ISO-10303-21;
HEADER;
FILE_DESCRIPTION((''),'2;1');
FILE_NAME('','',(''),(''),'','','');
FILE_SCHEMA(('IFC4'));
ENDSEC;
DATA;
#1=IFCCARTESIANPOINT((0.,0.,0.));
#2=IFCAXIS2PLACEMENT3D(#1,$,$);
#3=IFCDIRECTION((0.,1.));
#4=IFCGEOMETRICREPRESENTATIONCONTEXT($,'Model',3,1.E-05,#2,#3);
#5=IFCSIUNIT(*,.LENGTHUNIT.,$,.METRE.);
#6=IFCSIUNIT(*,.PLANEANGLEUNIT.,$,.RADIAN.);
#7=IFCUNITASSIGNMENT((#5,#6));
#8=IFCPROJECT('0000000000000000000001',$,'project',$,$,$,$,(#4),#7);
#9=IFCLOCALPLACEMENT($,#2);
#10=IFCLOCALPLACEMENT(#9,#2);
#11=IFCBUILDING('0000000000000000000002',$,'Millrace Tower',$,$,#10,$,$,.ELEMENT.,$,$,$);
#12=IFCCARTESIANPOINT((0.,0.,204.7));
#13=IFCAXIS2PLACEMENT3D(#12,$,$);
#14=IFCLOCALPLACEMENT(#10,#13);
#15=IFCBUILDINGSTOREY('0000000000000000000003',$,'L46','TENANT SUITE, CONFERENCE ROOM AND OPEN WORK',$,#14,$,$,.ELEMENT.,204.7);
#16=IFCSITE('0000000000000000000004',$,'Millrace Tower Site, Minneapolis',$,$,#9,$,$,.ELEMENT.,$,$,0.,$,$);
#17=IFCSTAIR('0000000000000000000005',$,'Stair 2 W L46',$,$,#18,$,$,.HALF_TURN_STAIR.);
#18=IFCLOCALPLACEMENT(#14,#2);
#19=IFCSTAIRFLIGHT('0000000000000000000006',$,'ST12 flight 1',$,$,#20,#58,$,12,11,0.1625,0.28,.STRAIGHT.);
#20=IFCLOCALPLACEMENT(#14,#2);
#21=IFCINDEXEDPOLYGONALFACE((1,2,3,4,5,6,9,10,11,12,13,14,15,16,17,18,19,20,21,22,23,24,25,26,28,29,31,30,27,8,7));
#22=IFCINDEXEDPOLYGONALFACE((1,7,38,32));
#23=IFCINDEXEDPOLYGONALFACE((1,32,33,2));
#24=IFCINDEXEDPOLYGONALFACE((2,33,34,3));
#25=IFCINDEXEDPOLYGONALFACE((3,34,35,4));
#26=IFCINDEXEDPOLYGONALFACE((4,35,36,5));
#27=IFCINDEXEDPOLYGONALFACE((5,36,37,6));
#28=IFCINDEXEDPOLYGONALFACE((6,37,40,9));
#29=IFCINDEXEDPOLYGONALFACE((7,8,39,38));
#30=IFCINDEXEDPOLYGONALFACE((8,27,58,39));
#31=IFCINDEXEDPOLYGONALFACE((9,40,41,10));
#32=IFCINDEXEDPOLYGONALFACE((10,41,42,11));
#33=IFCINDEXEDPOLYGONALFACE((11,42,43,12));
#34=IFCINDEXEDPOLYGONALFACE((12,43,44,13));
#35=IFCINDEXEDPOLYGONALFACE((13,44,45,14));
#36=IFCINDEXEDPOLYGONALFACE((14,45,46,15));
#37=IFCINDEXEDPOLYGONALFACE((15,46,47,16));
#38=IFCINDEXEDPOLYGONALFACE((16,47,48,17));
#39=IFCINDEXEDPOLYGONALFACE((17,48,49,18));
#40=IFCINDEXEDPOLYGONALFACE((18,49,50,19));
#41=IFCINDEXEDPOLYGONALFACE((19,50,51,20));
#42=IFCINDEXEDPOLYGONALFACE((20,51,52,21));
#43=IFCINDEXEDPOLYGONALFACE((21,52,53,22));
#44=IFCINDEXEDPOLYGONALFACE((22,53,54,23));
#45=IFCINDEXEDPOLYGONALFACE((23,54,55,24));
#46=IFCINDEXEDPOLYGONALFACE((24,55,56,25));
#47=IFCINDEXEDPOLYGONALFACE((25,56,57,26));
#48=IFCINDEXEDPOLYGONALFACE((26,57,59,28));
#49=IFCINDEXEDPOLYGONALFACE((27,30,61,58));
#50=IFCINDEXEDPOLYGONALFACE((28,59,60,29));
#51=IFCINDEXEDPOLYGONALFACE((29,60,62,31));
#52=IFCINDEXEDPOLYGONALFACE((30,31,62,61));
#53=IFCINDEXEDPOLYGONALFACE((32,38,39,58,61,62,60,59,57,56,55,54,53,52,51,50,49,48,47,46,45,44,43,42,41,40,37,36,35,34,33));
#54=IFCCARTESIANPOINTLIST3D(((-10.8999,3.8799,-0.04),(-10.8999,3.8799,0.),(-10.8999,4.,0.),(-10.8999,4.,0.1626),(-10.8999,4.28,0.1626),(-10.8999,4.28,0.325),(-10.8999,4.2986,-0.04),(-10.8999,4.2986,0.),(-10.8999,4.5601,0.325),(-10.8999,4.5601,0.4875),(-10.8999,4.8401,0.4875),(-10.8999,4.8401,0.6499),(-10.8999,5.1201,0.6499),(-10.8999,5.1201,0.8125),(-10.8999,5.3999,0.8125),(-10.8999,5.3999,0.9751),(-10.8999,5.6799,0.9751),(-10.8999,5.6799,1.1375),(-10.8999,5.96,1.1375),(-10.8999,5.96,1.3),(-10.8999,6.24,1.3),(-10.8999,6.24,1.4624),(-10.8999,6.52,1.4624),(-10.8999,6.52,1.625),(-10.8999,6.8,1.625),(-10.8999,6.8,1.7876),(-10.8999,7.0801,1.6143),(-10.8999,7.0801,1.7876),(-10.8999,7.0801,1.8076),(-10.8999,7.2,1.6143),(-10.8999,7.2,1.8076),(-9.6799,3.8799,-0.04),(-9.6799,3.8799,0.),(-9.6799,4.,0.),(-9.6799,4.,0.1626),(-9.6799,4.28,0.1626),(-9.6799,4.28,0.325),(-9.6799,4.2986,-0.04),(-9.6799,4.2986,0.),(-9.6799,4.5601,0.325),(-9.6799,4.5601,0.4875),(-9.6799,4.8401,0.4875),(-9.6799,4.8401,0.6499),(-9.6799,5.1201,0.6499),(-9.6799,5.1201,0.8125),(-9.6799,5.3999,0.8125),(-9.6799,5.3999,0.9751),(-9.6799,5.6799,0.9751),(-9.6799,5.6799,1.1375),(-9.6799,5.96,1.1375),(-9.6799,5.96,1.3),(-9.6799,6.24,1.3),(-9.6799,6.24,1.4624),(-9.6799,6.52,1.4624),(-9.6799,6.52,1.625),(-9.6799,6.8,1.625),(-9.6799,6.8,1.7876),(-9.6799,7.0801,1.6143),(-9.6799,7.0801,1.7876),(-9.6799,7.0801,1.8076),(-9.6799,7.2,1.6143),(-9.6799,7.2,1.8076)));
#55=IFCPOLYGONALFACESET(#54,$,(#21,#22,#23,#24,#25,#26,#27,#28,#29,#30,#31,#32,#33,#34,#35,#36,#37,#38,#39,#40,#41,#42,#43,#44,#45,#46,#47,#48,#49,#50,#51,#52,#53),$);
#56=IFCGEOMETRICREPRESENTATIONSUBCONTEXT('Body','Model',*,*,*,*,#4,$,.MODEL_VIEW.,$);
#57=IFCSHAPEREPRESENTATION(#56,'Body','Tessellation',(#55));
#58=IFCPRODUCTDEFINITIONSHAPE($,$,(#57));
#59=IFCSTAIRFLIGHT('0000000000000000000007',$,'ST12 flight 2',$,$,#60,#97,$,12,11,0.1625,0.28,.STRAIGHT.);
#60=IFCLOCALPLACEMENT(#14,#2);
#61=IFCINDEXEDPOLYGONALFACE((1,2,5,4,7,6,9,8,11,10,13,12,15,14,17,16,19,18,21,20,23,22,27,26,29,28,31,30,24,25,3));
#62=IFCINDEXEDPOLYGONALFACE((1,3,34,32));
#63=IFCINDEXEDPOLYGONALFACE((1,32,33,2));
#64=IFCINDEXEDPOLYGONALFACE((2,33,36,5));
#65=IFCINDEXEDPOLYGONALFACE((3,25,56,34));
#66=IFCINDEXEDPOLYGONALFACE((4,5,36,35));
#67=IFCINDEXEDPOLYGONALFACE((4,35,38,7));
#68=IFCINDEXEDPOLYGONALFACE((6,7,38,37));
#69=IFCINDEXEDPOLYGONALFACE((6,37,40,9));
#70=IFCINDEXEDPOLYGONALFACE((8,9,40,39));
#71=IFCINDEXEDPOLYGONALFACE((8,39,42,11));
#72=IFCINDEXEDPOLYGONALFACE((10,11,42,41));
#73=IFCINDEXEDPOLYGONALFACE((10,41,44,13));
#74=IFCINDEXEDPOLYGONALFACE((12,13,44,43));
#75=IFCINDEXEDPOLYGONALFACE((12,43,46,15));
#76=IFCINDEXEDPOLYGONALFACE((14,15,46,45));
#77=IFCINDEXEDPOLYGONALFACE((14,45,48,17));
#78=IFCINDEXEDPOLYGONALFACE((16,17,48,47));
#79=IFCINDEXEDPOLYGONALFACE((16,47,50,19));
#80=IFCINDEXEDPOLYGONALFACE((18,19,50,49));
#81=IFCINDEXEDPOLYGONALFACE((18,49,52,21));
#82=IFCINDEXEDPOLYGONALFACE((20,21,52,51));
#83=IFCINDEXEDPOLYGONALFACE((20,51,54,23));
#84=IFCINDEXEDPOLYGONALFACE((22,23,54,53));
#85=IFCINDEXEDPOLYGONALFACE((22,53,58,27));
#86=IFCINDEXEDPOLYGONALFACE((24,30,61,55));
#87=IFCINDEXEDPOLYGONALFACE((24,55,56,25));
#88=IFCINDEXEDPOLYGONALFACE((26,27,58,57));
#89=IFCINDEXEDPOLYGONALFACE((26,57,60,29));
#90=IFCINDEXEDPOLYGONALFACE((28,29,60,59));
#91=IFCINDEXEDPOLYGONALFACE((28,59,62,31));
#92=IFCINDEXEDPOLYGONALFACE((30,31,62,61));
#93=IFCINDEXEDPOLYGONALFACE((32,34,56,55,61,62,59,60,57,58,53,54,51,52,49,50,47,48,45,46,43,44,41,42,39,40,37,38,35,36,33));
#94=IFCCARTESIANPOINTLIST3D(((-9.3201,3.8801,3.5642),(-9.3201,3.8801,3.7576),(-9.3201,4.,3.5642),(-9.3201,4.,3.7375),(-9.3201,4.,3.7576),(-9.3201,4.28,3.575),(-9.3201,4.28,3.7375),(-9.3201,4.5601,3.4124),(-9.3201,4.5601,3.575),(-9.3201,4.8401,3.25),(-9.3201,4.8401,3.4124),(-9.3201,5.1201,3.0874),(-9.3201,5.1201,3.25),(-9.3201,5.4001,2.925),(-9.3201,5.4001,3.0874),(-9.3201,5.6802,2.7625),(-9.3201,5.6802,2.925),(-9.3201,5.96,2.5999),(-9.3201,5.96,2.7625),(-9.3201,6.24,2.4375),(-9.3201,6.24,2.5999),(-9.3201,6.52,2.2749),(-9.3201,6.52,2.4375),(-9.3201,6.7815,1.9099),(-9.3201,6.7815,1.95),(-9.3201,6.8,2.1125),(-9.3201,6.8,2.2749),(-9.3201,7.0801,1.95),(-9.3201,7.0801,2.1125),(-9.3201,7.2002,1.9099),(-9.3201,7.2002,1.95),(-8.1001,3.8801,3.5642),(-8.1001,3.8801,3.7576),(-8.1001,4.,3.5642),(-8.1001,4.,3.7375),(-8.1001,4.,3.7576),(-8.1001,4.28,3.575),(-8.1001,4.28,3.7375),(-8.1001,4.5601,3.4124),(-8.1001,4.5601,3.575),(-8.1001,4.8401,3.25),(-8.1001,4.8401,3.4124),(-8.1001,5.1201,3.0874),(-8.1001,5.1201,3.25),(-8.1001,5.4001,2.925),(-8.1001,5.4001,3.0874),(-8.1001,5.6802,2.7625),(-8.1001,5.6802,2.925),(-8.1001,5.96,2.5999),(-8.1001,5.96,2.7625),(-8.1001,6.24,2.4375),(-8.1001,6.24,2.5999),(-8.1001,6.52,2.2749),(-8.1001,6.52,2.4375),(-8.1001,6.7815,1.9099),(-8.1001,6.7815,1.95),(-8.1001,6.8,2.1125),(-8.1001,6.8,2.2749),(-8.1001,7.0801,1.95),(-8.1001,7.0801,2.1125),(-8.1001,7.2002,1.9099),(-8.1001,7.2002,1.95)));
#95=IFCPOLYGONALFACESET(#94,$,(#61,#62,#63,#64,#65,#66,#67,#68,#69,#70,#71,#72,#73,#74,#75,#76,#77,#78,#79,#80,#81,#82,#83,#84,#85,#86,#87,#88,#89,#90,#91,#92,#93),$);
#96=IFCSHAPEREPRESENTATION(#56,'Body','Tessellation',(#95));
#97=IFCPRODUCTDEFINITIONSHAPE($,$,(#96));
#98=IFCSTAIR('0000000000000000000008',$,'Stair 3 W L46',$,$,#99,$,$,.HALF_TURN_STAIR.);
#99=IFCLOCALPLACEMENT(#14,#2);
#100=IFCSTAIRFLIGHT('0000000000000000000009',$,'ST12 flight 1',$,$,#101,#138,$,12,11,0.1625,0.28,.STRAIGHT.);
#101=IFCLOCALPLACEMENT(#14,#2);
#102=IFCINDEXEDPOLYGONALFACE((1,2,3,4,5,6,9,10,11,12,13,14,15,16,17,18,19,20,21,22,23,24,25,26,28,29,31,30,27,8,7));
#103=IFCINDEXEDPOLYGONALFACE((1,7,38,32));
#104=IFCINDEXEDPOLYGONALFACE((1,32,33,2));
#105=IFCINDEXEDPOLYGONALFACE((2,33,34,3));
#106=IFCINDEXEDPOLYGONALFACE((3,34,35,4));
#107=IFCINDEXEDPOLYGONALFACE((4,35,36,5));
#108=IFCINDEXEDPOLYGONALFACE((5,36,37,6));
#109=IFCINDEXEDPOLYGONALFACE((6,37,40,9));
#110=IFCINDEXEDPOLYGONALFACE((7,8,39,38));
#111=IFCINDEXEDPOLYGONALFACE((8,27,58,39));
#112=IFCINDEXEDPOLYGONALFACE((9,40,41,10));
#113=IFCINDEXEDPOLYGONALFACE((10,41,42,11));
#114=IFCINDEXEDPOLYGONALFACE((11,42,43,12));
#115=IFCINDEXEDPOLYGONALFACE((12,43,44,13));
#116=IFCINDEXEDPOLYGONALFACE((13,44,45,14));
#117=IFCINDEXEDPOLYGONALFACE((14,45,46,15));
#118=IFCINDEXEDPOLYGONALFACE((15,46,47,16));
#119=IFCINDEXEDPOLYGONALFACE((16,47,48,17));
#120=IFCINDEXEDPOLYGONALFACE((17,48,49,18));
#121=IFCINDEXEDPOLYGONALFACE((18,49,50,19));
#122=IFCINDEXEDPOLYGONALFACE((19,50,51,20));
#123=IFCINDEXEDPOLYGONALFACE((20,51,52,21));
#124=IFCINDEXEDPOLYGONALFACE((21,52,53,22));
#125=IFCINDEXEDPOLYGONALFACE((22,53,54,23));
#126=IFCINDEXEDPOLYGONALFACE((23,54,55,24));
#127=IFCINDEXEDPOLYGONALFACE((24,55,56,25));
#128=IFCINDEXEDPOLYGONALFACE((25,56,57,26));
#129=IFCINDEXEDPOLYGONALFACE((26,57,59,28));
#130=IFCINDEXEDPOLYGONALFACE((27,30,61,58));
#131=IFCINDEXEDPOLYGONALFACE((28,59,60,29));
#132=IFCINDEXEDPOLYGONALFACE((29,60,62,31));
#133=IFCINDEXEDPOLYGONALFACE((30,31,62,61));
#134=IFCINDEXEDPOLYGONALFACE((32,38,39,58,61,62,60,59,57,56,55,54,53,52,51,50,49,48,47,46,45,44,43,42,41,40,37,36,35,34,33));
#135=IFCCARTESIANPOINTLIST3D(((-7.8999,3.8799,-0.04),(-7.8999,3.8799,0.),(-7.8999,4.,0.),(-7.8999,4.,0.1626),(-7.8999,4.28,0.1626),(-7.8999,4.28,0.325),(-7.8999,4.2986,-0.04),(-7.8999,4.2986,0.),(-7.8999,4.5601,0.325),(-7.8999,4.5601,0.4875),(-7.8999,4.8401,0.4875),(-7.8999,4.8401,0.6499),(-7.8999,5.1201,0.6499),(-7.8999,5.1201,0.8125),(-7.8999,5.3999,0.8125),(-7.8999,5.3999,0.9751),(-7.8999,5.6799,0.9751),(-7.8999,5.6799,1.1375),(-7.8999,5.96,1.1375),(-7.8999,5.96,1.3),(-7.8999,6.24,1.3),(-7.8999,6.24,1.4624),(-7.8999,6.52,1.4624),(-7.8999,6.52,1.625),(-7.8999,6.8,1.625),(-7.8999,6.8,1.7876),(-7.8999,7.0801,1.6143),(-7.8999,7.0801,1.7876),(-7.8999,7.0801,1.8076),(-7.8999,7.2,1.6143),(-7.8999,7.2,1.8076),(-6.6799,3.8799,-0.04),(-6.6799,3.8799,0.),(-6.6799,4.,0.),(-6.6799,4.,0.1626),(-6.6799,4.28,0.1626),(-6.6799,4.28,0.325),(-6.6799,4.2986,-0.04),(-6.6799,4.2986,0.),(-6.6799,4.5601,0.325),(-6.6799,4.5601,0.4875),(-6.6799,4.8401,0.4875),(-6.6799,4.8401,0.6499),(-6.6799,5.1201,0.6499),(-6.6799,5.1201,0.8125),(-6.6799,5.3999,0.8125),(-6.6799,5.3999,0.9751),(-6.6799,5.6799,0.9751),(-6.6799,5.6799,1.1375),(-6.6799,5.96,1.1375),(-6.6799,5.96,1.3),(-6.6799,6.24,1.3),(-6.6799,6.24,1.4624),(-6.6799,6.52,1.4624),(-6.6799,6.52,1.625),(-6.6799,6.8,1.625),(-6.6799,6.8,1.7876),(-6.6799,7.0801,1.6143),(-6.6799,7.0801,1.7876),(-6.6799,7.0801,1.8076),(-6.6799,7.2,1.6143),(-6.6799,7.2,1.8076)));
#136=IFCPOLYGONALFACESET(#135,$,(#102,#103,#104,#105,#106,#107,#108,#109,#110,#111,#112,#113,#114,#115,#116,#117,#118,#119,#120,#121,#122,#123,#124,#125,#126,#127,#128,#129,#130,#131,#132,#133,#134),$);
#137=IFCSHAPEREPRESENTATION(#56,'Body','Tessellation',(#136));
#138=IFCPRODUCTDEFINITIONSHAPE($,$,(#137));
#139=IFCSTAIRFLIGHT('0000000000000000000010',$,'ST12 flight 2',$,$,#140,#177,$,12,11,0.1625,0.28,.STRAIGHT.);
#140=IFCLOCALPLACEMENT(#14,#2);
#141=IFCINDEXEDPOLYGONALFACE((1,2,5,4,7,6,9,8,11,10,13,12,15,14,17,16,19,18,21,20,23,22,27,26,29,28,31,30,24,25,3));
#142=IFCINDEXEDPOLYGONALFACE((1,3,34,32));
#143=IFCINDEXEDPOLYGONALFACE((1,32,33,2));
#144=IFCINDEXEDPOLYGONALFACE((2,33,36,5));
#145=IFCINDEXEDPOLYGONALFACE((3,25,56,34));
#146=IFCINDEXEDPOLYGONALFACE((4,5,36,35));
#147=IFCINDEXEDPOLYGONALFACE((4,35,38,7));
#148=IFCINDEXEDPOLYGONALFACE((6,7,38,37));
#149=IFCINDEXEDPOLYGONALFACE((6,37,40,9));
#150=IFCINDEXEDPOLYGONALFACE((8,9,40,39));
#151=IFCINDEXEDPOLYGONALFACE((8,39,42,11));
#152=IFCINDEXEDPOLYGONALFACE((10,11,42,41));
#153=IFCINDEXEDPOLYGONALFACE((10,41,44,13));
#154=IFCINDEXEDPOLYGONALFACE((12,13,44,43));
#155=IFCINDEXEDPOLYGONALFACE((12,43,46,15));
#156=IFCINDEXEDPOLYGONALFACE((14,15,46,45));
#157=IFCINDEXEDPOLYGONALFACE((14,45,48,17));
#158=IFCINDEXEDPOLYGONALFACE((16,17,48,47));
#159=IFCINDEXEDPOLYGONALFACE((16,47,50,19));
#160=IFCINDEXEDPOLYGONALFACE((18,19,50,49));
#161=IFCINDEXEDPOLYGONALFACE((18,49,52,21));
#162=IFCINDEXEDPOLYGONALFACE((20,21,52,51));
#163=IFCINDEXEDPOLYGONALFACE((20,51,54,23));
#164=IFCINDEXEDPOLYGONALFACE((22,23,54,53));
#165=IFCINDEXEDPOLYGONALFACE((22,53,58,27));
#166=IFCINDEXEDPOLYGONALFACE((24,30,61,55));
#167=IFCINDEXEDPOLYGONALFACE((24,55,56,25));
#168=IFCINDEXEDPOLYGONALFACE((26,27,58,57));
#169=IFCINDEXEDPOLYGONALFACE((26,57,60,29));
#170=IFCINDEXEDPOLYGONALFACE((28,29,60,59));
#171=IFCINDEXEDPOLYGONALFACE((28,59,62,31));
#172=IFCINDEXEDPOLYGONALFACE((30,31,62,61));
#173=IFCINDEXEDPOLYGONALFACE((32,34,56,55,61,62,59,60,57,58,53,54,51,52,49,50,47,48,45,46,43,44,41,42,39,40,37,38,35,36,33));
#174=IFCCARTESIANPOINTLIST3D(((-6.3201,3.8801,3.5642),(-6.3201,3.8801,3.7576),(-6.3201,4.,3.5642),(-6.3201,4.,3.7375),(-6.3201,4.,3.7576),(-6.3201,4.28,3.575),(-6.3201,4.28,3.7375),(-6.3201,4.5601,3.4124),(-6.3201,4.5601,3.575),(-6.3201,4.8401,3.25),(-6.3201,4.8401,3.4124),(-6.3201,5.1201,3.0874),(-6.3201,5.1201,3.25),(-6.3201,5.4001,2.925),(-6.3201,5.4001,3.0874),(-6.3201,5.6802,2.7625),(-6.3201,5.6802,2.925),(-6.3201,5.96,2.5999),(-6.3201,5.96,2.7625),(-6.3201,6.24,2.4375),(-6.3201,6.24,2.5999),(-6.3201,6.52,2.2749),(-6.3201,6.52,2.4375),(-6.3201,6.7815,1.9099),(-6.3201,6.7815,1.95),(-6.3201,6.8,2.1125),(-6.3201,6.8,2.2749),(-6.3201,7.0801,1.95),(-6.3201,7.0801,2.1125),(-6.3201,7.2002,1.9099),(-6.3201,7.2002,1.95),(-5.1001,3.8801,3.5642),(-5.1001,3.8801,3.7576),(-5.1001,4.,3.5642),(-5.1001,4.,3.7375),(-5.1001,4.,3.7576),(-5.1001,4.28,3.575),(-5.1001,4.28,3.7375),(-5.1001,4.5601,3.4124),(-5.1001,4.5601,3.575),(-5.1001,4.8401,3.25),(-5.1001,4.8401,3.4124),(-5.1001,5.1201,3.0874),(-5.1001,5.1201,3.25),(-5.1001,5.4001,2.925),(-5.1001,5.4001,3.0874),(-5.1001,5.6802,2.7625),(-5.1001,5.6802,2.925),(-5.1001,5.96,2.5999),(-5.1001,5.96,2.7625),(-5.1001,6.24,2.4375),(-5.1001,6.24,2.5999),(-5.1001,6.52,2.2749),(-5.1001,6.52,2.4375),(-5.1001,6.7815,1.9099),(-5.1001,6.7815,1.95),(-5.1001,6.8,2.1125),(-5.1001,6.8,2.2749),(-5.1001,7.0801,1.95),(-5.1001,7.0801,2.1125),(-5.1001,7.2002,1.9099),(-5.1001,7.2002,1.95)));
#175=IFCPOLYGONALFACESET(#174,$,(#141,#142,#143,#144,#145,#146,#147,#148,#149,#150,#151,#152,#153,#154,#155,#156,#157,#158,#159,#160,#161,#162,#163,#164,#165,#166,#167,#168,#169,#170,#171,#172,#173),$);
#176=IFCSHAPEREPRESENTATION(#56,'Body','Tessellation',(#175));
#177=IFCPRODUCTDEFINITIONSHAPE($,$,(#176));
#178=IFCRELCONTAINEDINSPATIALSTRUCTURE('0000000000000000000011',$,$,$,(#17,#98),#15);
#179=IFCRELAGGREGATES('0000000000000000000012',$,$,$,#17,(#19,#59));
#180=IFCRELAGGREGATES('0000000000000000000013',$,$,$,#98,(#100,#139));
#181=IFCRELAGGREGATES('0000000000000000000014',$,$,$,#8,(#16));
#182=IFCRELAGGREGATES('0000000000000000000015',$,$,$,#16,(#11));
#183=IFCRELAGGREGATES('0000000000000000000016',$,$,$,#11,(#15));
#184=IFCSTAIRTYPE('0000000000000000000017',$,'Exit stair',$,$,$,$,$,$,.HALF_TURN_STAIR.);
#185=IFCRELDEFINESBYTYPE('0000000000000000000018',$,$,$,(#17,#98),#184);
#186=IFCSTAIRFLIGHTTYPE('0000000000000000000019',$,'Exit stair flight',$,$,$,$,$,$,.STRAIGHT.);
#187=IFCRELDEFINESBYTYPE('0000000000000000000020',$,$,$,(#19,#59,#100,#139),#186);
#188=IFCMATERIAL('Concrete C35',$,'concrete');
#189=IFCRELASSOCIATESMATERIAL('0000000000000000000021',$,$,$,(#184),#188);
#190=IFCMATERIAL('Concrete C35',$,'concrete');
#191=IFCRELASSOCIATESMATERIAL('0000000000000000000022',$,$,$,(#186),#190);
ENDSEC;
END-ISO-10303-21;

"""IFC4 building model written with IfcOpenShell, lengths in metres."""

from ifc_helpers import new_model, si_unit, direction, frame, origin, place, context, subcontext, project, spatial, polyline, outline, extrude, material, type_object, element, aggregate, save


model = new_model("IFC4")

# Units and contexts
model_context = context("Model", 3, precision=1e-05, world=origin(), true_north=direction((0.0, 1.0)))
body_context = subcontext(model_context, "Body", "Model", "MODEL_VIEW")
ifc_project = project(units=[si_unit("LENGTHUNIT", "METRE"), si_unit("PLANEANGLEUNIT", "RADIAN")], contexts=[model_context])

# Site, building, storey
site_placement = place(None, origin())
site = spatial("IfcSite", under=ifc_project, at=site_placement, Name="Millrace Tower Site, Minneapolis", CompositionType="ELEMENT", RefElevation=0.0)
building_placement = place(site_placement, origin())
building = spatial("IfcBuilding", under=site, at=building_placement, Name="Millrace Tower", CompositionType="ELEMENT")
storey_placement = place(building_placement, frame((0.0, 0.0, 204.7)))
storey = spatial("IfcBuildingStorey", under=building, at=storey_placement, Name="L46", Description="TENANT SUITE, CONFERENCE ROOM AND OPEN WORK", CompositionType="ELEMENT", Elevation=204.7)

# Stairs, stair flights
ifc_material_1 = material(Name="Concrete C35", Category="concrete")
stair_type = type_object("IfcStairType", Name="Exit stair", PredefinedType="HALF_TURN_STAIR", material=ifc_material_1)
placement = place(storey_placement, origin())
ifc_material_2 = material(Name="Concrete C35", Category="concrete")
stair_flight_type = type_object("IfcStairFlightType", Name="Exit stair flight", PredefinedType="STRAIGHT", material=ifc_material_2)
stair_1 = element("IfcStair", 1, at=placement, inside=storey, type_object=stair_type, Name="Stair 2 W L46", PredefinedType="HALF_TURN_STAIR")
stair_flight_1_placement = place(storey_placement, frame((-10.29, 4.0, 0.0), z_axis=(0.0, 0.0, 1.0), x_axis=(0.0, 1.0, 0.0)))
stair_flight_1 = element("IfcStairFlight", 2, at=stair_flight_1_placement, type_object=stair_flight_type, Name="ST12 flight 1", NumberOfRisers=12, NumberOfTreads=11, PredefinedType="STRAIGHT", RiserHeight=0.1625, TreadLength=0.28, context=body_context, shape_type="SweptSolid", body=[
    extrude(outline(polyline([(-0.1201, -0.04), (-0.1201, 0.0), (0.0, 0.0), (0.0, 0.1626), (0.28, 0.1626), (0.28, 0.325), (0.5601, 0.325), (0.5601, 0.4875), (0.8401, 0.4875), (0.8401, 0.6499), (1.1201, 0.6499), (1.1201, 0.8125), (1.3999, 0.8125), (1.3999, 0.9751), (1.6799, 0.9751), (1.6799, 1.1375), (1.96, 1.1375), (1.96, 1.3), (2.24, 1.3), (2.24, 1.4624), (2.52, 1.4624), (2.52, 1.625), (2.8, 1.625), (2.8, 1.7876), (3.0801, 1.7876), (3.0801, 1.8076), (3.2, 1.8076), (3.2, 1.6143), (3.0801, 1.6143), (0.2986, 0.0), (0.2986, -0.04), (-0.1201, -0.04)])), frame((0.0, 0.6099, 0.0), z_axis=(0.0, -1.0, 0.0), x_axis=(1.0, 0.0, 0.0)), (0.0, 0.0, 1.0), 1.22),
])
stair_flight_2_placement = place(storey_placement, frame((-8.71, 7.0801, 1.95), z_axis=(0.0, 0.0, 1.0), x_axis=(0.0, -1.0, 0.0)))
stair_flight_2 = element("IfcStairFlight", 3, at=stair_flight_2_placement, type_object=stair_flight_type, Name="ST12 flight 2", NumberOfRisers=12, NumberOfTreads=11, PredefinedType="STRAIGHT", RiserHeight=0.1625, TreadLength=0.28, context=body_context, shape_type="SweptSolid", body=[
    extrude(outline(polyline([(-0.1201, -0.04), (-0.1201, 0.0), (0.0, 0.0), (0.0, 0.1626), (0.28, 0.1626), (0.28, 0.325), (0.5601, 0.325), (0.5601, 0.4875), (0.8401, 0.4875), (0.8401, 0.6499), (1.1201, 0.6499), (1.1201, 0.8125), (1.3999, 0.8125), (1.3999, 0.9751), (1.6799, 0.9751), (1.6799, 1.1375), (1.96, 1.1375), (1.96, 1.3), (2.24, 1.3), (2.24, 1.4624), (2.52, 1.4624), (2.52, 1.625), (2.8, 1.625), (2.8, 1.7876), (3.0801, 1.7876), (3.0801, 1.8076), (3.2, 1.8076), (3.2, 1.6143), (3.0801, 1.6143), (0.2986, 0.0), (0.2986, -0.04), (-0.1201, -0.04)])), frame((0.0, 0.6099, 0.0), z_axis=(0.0, -1.0, 0.0), x_axis=(1.0, 0.0, 0.0)), (0.0, 0.0, 1.0), 1.22),
])
aggregate(stair_1, [stair_flight_1, stair_flight_2])
stair_2 = element("IfcStair", 4, at=placement, inside=storey, type_object=stair_type, Name="Stair 3 W L46", PredefinedType="HALF_TURN_STAIR")
stair_flight_3_placement = place(storey_placement, frame((-7.29, 4.0, 0.0), z_axis=(0.0, 0.0, 1.0), x_axis=(0.0, 1.0, 0.0)))
stair_flight_3 = element("IfcStairFlight", 5, at=stair_flight_3_placement, type_object=stair_flight_type, Name="ST12 flight 1", NumberOfRisers=12, NumberOfTreads=11, PredefinedType="STRAIGHT", RiserHeight=0.1625, TreadLength=0.28, context=body_context, shape_type="SweptSolid", body=[
    extrude(outline(polyline([(-0.1201, -0.04), (-0.1201, 0.0), (0.0, 0.0), (0.0, 0.1626), (0.28, 0.1626), (0.28, 0.325), (0.5601, 0.325), (0.5601, 0.4875), (0.8401, 0.4875), (0.8401, 0.6499), (1.1201, 0.6499), (1.1201, 0.8125), (1.3999, 0.8125), (1.3999, 0.9751), (1.6799, 0.9751), (1.6799, 1.1375), (1.96, 1.1375), (1.96, 1.3), (2.24, 1.3), (2.24, 1.4624), (2.52, 1.4624), (2.52, 1.625), (2.8, 1.625), (2.8, 1.7876), (3.0801, 1.7876), (3.0801, 1.8076), (3.2, 1.8076), (3.2, 1.6143), (3.0801, 1.6143), (0.2986, 0.0), (0.2986, -0.04), (-0.1201, -0.04)])), frame((0.0, 0.6099, 0.0), z_axis=(0.0, -1.0, 0.0), x_axis=(1.0, 0.0, 0.0)), (0.0, 0.0, 1.0), 1.22),
])
stair_flight_4_placement = place(storey_placement, frame((-5.71, 7.0801, 1.95), z_axis=(0.0, 0.0, 1.0), x_axis=(0.0, -1.0, 0.0)))
stair_flight_4 = element("IfcStairFlight", 6, at=stair_flight_4_placement, type_object=stair_flight_type, Name="ST12 flight 2", NumberOfRisers=12, NumberOfTreads=11, PredefinedType="STRAIGHT", RiserHeight=0.1625, TreadLength=0.28, context=body_context, shape_type="SweptSolid", body=[
    extrude(outline(polyline([(-0.1201, -0.04), (-0.1201, 0.0), (0.0, 0.0), (0.0, 0.1626), (0.28, 0.1626), (0.28, 0.325), (0.5601, 0.325), (0.5601, 0.4875), (0.8401, 0.4875), (0.8401, 0.6499), (1.1201, 0.6499), (1.1201, 0.8125), (1.3999, 0.8125), (1.3999, 0.9751), (1.6799, 0.9751), (1.6799, 1.1375), (1.96, 1.1375), (1.96, 1.3), (2.24, 1.3), (2.24, 1.4624), (2.52, 1.4624), (2.52, 1.625), (2.8, 1.625), (2.8, 1.7876), (3.0801, 1.7876), (3.0801, 1.8076), (3.2, 1.8076), (3.2, 1.6143), (3.0801, 1.6143), (0.2986, 0.0), (0.2986, -0.04), (-0.1201, -0.04)])), frame((0.0, 0.6099, 0.0), z_axis=(0.0, -1.0, 0.0), x_axis=(1.0, 0.0, 0.0)), (0.0, 0.0, 1.0), 1.22),
])
aggregate(stair_2, [stair_flight_3, stair_flight_4])

save(model, "model.ifc")
